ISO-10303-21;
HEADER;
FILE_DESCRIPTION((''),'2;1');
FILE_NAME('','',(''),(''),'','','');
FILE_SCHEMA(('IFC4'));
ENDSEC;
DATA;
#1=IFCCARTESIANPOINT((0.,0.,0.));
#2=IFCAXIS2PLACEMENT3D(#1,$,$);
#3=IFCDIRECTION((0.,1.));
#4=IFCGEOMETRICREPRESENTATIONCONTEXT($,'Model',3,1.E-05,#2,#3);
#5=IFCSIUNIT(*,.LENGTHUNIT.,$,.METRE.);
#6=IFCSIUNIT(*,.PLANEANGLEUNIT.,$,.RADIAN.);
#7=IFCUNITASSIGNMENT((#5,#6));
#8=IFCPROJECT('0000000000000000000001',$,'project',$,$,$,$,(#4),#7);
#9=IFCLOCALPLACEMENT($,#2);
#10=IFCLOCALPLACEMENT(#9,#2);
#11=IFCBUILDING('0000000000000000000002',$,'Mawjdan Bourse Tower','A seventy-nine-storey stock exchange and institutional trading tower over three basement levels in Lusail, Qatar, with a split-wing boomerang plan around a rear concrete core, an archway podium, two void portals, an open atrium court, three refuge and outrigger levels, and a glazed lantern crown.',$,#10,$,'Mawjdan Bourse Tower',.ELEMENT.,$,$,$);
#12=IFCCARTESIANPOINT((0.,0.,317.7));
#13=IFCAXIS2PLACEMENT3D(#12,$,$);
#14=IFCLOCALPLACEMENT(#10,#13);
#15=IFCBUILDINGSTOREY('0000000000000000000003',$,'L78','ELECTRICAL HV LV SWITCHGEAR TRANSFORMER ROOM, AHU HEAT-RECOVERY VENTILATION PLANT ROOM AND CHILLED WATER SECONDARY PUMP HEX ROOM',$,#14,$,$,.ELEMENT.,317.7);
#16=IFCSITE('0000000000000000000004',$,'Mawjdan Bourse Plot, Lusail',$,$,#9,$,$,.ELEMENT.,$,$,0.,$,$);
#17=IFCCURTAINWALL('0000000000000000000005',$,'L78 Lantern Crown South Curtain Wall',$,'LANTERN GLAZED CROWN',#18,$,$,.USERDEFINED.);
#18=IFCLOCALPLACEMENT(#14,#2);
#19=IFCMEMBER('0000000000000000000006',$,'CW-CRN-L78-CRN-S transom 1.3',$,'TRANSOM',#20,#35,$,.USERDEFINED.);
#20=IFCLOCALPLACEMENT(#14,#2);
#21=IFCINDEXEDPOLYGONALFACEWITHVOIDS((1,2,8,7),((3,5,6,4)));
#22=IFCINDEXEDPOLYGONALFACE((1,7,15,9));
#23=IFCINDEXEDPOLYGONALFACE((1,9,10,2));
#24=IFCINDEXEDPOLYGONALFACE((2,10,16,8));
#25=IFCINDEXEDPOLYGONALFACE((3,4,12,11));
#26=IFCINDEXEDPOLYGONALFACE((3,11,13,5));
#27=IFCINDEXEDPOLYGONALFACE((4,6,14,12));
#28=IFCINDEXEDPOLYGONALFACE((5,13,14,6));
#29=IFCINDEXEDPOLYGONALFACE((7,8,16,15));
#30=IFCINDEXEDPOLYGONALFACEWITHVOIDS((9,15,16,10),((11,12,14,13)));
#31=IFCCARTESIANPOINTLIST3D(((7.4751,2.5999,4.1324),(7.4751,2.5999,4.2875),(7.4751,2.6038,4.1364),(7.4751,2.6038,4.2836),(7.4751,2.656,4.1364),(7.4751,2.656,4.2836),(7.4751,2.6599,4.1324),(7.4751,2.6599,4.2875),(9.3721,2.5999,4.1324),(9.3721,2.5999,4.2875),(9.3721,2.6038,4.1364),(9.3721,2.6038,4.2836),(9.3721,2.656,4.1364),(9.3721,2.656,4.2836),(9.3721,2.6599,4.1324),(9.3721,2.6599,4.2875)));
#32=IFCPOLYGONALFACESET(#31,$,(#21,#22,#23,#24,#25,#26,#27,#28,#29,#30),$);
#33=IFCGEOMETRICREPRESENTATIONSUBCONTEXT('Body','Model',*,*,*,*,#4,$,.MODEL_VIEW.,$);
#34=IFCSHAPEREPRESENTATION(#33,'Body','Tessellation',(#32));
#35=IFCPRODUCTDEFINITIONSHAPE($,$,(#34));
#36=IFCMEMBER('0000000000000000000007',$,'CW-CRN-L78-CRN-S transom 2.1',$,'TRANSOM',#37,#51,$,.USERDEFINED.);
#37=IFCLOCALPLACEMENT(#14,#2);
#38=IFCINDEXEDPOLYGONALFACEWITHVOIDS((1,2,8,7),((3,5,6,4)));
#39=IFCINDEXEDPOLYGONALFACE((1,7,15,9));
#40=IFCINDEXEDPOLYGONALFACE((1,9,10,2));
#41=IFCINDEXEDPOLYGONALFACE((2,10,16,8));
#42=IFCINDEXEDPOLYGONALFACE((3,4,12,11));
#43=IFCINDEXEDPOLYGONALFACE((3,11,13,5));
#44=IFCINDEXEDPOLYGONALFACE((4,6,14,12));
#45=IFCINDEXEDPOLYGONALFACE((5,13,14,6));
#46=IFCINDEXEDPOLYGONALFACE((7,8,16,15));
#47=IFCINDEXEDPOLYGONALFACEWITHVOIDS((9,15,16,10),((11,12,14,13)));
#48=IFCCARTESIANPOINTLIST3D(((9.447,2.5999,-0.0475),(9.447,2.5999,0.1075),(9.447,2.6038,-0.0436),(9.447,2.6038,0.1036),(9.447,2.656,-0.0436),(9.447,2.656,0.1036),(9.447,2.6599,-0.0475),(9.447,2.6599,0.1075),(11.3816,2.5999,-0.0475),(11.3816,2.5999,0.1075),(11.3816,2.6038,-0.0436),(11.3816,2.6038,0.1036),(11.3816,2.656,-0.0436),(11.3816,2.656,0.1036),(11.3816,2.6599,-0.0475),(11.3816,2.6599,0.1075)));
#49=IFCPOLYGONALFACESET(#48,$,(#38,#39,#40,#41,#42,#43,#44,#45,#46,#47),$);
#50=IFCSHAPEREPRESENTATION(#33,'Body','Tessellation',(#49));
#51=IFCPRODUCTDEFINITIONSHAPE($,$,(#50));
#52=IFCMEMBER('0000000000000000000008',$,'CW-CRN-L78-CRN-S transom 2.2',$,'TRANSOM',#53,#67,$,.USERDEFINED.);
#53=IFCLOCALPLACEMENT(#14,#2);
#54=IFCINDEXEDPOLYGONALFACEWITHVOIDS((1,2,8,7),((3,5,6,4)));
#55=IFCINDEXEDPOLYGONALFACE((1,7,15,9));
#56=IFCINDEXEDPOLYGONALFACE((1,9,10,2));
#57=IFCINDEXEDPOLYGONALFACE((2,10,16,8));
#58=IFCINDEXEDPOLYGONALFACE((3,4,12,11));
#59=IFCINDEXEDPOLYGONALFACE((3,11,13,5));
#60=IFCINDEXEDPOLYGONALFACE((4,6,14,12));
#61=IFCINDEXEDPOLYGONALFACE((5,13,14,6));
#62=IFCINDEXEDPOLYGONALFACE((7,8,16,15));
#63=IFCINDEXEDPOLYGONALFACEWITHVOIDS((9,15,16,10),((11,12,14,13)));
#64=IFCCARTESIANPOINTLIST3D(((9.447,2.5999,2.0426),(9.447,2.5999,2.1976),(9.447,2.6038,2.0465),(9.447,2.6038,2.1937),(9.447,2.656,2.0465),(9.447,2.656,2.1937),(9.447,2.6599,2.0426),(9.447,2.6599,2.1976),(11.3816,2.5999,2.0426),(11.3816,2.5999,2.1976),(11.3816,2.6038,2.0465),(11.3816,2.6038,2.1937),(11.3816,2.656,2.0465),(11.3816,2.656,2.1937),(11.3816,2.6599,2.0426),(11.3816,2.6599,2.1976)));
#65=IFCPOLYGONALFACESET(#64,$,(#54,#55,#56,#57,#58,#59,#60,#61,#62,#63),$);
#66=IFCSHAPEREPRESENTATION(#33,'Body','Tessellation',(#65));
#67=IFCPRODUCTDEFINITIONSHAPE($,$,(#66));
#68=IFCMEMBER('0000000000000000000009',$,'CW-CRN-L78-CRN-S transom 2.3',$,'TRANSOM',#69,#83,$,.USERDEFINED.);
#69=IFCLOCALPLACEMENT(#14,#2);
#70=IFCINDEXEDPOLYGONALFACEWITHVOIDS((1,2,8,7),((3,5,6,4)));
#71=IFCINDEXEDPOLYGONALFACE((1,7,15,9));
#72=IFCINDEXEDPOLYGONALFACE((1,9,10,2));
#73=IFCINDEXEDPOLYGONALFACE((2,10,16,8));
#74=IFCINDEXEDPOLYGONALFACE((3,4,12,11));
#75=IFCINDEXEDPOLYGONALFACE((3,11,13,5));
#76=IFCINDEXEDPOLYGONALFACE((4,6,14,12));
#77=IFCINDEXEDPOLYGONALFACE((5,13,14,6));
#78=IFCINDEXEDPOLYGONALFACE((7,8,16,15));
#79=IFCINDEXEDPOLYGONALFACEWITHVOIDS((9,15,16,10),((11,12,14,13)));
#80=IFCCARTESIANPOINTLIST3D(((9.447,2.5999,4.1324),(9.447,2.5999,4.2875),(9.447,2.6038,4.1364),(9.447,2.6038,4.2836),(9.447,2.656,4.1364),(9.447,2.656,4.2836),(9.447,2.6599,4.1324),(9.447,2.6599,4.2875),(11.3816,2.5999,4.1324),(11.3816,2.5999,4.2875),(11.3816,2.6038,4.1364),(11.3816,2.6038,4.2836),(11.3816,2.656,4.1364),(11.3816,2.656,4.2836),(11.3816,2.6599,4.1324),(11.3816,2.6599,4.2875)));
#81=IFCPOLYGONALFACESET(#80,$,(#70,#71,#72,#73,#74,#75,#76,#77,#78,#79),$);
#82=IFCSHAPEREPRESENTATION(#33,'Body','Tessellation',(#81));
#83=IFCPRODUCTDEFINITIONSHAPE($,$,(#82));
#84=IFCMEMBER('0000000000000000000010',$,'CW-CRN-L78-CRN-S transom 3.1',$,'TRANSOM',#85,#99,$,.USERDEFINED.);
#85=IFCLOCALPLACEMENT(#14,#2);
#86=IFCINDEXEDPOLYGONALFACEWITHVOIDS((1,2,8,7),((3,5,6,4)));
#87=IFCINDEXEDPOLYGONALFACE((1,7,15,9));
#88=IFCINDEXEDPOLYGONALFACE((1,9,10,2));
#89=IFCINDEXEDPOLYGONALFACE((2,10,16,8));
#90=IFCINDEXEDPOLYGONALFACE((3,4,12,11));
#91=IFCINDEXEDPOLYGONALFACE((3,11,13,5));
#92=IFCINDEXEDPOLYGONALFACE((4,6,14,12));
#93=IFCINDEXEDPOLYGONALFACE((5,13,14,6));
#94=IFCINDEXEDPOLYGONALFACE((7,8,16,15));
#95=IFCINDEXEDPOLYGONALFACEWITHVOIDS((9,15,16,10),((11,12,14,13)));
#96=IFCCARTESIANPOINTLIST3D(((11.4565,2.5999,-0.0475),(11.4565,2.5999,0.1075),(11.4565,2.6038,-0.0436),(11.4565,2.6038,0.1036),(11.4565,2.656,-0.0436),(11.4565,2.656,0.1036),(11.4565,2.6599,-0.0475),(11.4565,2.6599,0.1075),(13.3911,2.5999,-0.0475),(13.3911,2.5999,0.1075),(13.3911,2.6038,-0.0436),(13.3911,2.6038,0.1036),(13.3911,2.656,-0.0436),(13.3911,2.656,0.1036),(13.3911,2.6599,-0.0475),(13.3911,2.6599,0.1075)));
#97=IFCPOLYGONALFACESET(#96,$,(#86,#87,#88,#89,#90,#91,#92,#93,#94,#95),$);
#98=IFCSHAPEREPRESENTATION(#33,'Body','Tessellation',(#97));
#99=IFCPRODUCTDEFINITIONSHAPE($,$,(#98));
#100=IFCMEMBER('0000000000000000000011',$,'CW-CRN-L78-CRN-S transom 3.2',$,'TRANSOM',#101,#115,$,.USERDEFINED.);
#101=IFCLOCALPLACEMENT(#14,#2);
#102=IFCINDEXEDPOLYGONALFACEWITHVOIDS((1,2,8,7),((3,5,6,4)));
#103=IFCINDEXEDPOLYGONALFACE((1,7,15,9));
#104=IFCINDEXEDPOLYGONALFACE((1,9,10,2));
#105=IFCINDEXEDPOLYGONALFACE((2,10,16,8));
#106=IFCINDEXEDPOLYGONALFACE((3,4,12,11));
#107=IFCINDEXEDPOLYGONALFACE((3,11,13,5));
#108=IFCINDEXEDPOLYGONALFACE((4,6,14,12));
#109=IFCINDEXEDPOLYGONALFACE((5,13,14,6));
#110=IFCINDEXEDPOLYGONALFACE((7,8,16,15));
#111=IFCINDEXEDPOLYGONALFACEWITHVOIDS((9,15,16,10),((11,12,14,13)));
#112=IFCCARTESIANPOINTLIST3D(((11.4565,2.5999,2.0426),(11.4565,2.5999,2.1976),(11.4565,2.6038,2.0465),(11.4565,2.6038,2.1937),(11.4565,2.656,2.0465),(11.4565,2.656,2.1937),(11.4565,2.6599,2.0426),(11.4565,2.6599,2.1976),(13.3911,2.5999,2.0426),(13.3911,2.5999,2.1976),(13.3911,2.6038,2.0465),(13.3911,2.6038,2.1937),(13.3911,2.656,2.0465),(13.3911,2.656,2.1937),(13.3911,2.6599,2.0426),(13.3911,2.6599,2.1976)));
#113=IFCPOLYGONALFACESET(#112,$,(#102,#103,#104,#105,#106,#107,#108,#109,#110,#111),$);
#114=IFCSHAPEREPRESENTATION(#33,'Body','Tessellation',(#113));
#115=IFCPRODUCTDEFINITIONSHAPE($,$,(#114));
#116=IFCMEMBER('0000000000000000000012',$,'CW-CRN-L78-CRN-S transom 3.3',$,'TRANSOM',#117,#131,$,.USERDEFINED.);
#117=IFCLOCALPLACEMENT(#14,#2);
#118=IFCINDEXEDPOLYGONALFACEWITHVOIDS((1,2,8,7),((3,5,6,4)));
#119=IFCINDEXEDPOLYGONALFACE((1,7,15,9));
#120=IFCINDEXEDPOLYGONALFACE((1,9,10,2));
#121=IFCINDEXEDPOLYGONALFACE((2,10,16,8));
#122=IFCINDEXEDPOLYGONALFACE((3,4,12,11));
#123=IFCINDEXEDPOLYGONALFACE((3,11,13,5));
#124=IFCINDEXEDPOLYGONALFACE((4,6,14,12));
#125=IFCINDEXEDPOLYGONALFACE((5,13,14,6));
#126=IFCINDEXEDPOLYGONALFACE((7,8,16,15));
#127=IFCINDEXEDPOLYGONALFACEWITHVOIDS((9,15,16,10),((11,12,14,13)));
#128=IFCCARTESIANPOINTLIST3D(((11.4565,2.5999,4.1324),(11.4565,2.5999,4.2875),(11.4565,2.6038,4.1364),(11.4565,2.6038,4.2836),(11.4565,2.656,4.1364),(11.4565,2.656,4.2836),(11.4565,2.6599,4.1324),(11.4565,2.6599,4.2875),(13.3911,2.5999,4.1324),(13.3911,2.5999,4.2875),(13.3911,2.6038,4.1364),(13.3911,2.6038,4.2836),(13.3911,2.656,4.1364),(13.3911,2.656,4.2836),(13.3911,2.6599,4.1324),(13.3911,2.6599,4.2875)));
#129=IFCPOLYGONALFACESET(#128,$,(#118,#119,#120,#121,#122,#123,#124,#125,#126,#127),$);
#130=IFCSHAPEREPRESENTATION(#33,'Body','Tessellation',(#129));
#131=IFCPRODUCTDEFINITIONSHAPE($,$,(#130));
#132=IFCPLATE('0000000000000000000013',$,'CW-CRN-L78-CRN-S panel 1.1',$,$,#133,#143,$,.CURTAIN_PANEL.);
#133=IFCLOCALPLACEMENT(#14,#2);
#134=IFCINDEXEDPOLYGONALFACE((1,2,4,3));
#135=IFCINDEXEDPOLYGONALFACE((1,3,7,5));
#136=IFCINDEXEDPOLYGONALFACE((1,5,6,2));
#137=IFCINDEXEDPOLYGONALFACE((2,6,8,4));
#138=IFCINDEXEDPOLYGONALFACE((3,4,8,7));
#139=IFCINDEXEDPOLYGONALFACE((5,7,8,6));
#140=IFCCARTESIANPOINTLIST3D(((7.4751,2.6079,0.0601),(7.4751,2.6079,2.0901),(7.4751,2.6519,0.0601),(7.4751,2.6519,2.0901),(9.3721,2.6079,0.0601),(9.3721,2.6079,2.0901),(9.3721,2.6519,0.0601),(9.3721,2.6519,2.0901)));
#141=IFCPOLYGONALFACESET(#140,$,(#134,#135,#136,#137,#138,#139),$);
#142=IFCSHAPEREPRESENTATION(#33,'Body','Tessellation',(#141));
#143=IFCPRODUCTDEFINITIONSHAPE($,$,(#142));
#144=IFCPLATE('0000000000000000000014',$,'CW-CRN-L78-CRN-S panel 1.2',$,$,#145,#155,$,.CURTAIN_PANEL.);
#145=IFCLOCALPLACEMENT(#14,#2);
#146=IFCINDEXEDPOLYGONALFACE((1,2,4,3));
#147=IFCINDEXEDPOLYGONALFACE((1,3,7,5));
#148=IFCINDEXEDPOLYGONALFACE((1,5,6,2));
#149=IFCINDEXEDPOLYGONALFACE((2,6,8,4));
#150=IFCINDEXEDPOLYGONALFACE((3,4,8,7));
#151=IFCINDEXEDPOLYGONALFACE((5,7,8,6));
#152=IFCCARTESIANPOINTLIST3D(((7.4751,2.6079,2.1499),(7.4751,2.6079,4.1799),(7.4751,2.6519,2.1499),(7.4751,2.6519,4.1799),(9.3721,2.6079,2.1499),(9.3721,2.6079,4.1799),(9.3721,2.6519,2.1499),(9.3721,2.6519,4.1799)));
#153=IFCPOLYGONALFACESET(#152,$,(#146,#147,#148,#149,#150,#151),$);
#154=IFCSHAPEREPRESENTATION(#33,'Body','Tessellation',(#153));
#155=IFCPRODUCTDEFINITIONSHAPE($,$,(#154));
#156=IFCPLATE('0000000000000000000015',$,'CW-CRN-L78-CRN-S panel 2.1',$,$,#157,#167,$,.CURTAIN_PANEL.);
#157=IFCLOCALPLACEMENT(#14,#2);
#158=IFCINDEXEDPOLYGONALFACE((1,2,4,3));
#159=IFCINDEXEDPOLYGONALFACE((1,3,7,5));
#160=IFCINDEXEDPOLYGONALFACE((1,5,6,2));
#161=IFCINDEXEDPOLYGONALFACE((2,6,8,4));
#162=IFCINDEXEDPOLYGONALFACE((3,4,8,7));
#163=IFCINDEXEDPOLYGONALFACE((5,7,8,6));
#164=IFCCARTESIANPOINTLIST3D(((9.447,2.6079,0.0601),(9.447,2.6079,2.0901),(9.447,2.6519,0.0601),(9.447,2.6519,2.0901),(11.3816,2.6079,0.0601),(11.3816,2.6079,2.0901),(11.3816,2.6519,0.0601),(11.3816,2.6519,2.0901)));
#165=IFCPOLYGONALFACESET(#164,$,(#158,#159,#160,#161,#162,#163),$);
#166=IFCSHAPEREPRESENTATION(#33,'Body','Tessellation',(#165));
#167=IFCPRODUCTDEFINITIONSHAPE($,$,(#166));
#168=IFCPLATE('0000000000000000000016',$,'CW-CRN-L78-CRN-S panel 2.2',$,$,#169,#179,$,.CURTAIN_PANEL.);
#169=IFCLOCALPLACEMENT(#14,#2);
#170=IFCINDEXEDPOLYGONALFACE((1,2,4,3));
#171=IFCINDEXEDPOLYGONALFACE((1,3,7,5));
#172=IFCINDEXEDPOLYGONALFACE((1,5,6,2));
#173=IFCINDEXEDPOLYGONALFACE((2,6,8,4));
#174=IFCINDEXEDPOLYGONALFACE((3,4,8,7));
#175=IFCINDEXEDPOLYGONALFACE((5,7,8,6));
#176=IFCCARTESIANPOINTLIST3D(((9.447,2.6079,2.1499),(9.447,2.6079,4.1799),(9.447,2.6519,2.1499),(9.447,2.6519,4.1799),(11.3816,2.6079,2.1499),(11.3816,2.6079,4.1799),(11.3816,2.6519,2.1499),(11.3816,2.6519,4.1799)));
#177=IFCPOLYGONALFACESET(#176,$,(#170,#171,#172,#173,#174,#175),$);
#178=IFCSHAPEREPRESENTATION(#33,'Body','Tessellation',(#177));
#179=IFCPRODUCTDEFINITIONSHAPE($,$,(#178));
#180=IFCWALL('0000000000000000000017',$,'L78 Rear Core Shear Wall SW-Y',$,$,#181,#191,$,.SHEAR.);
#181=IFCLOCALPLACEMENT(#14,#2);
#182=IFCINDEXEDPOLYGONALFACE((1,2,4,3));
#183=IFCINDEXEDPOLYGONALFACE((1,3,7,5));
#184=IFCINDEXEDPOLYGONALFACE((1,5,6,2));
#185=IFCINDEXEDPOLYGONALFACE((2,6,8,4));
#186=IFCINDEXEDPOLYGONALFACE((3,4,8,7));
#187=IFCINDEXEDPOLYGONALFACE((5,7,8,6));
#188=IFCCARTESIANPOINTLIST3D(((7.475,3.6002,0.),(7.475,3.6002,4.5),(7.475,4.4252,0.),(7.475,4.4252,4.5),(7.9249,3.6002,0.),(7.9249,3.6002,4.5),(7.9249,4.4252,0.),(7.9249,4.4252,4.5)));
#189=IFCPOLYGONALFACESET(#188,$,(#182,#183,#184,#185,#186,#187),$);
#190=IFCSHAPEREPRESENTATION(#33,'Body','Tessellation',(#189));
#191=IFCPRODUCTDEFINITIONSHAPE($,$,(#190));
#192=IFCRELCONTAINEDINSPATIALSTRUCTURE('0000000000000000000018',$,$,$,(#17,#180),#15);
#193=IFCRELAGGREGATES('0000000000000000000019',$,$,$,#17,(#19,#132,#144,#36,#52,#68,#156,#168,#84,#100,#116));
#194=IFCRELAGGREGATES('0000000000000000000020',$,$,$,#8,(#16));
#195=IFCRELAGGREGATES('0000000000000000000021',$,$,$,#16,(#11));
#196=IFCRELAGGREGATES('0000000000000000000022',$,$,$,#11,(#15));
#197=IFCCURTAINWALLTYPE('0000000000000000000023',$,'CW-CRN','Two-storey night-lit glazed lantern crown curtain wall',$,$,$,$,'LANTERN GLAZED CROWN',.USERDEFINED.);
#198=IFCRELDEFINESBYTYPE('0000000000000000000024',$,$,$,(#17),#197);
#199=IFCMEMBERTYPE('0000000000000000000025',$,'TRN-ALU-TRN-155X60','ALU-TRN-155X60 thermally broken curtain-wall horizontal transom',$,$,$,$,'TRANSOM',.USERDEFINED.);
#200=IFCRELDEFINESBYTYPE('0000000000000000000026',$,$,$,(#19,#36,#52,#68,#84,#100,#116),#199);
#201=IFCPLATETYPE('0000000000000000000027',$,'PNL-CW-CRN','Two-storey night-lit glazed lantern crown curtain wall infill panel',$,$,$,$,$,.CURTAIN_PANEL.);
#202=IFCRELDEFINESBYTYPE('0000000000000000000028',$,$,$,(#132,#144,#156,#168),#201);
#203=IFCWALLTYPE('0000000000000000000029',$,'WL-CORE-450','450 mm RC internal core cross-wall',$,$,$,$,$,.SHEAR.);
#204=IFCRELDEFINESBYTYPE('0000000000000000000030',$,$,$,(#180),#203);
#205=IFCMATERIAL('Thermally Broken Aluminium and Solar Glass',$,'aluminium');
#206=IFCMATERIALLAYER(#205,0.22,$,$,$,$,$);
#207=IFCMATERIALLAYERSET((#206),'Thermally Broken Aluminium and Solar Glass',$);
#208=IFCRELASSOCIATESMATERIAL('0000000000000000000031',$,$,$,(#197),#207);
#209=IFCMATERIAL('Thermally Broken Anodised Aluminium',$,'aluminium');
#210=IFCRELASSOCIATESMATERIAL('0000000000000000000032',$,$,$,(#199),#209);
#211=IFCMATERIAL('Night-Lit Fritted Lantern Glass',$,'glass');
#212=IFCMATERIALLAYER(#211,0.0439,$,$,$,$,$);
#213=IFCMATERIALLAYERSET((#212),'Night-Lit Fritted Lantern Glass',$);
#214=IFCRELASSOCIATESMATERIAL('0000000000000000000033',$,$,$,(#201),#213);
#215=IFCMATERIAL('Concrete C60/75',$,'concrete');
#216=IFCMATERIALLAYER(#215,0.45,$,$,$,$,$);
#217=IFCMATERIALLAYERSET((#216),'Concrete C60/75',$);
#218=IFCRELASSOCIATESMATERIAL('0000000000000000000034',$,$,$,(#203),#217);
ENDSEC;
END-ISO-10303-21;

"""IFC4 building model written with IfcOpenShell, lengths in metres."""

from ifc_helpers import new_model, si_unit, direction, frame, frame_2d, origin, origin_2d, place, context, subcontext, project, spatial, rectangle, hollow_rectangle, extrude, material, layer, layer_set, material_profile, profile_set, type_object, element, aggregate, save


model = new_model("IFC4")

# Units and contexts
model_context = context("Model", 3, precision=1e-05, world=origin(), true_north=direction((0.0, 1.0)))
body_context = subcontext(model_context, "Body", "Model", "MODEL_VIEW")
ifc_project = project(units=[si_unit("LENGTHUNIT", "METRE"), si_unit("PLANEANGLEUNIT", "RADIAN")], contexts=[model_context])

# Site, building, storey
site_placement = place(None, origin())
site = spatial("IfcSite", under=ifc_project, at=site_placement, Name="Mawjdan Bourse Plot, Lusail", CompositionType="ELEMENT", RefElevation=0.0)
building_placement = place(site_placement, origin())
building = spatial("IfcBuilding", under=site, at=building_placement, Name="Mawjdan Bourse Tower", Description="A seventy-nine-storey stock exchange and institutional trading tower over three basement levels in Lusail, Qatar, with a split-wing boomerang plan around a rear concrete core, an archway podium, two void portals, an open atrium court, three refuge and outrigger levels, and a glazed lantern crown.", LongName="Mawjdan Bourse Tower", CompositionType="ELEMENT")
storey_placement = place(building_placement, frame((0.0, 0.0, 317.7)))
storey = spatial("IfcBuildingStorey", under=building, at=storey_placement, Name="L78", Description="ELECTRICAL HV LV SWITCHGEAR TRANSFORMER ROOM, AHU HEAT-RECOVERY VENTILATION PLANT ROOM AND CHILLED WATER SECONDARY PUMP HEX ROOM", CompositionType="ELEMENT", Elevation=317.7)

# Curtain wall, members, plates
ifc_material_1 = material(Name="Thermally Broken Aluminium and Solar Glass", Category="aluminium")
ifc_layer_1 = layer(ifc_material_1, 0.22)
ifc_layer_set_1 = layer_set([ifc_layer_1], Name="Thermally Broken Aluminium and Solar Glass")
curtain_wall_type = type_object("IfcCurtainWallType", Name="CW-CRN", Description="Two-storey night-lit glazed lantern crown curtain wall", ElementType="LANTERN GLAZED CROWN", PredefinedType="USERDEFINED", material=ifc_layer_set_1)
curtain_wall_placement = place(storey_placement, origin())
curtain_wall = element("IfcCurtainWall", 1, at=curtain_wall_placement, inside=storey, type_object=curtain_wall_type, Name="L78 Lantern Crown South Curtain Wall", ObjectType="LANTERN GLAZED CROWN", PredefinedType="USERDEFINED")
ifc_material_2 = material(Name="Thermally Broken Anodised Aluminium", Category="aluminium")
ifc_material_profile_1 = material_profile(ifc_material_2, hollow_rectangle(XDim=0.0601, YDim=0.155, WallThickness=0.0039, at=origin_2d()), Name="ALU-TRN-155X60")
ifc_profile_set_1 = profile_set([ifc_material_profile_1], Name="Thermally Broken Anodised Aluminium")
member_type_1 = type_object("IfcMemberType", Name="TRN-ALU-TRN-155X60", Description="ALU-TRN-155X60 thermally broken curtain-wall horizontal transom", ElementType="TRANSOM", PredefinedType="USERDEFINED", material=ifc_profile_set_1)
member_1_placement = place(storey_placement, frame((7.4751, 2.6299, 4.21), z_axis=(1.0, 0.0, 0.0), x_axis=(0.0, 1.0, 0.0)))
member_1 = element("IfcMember", 2, at=member_1_placement, type_object=member_type_1, Name="CW-CRN-L78-CRN-S transom 1.3", ObjectType="TRANSOM", PredefinedType="USERDEFINED", context=body_context, shape_type="SweptSolid", body=[
    extrude(hollow_rectangle(XDim=0.0601, YDim=0.155, WallThickness=0.0039, at=origin_2d()), origin(), (0.0, 0.0, 1.0), 1.897),
])
member_2_placement = place(storey_placement, frame((9.447, 2.6299, 0.03), z_axis=(1.0, 0.0, 0.0), x_axis=(0.0, 1.0, 0.0)))
member_2 = element("IfcMember", 3, at=member_2_placement, type_object=member_type_1, Name="CW-CRN-L78-CRN-S transom 2.1", ObjectType="TRANSOM", PredefinedType="USERDEFINED", context=body_context, shape_type="SweptSolid", body=[
    extrude(hollow_rectangle(XDim=0.0601, YDim=0.155, WallThickness=0.0039, at=origin_2d()), origin(), (0.0, 0.0, 1.0), 1.9346),
])
member_3_placement = place(storey_placement, frame((9.447, 2.6299, 2.1201), z_axis=(1.0, 0.0, 0.0), x_axis=(0.0, 1.0, 0.0)))
member_3 = element("IfcMember", 4, at=member_3_placement, type_object=member_type_1, Name="CW-CRN-L78-CRN-S transom 2.2", ObjectType="TRANSOM", PredefinedType="USERDEFINED", context=body_context, shape_type="SweptSolid", body=[
    extrude(hollow_rectangle(XDim=0.0601, YDim=0.155, WallThickness=0.0039, at=origin_2d()), origin(), (0.0, 0.0, 1.0), 1.9346),
])
member_4_placement = place(storey_placement, frame((9.447, 2.6299, 4.21), z_axis=(1.0, 0.0, 0.0), x_axis=(0.0, 1.0, 0.0)))
member_4 = element("IfcMember", 5, at=member_4_placement, type_object=member_type_1, Name="CW-CRN-L78-CRN-S transom 2.3", ObjectType="TRANSOM", PredefinedType="USERDEFINED", context=body_context, shape_type="SweptSolid", body=[
    extrude(hollow_rectangle(XDim=0.0601, YDim=0.155, WallThickness=0.0039, at=origin_2d()), origin(), (0.0, 0.0, 1.0), 1.9346),
])
member_5_placement = place(storey_placement, frame((11.4565, 2.6299, 0.03), z_axis=(1.0, 0.0, 0.0), x_axis=(0.0, 1.0, 0.0)))
member_5 = element("IfcMember", 6, at=member_5_placement, type_object=member_type_1, Name="CW-CRN-L78-CRN-S transom 3.1", ObjectType="TRANSOM", PredefinedType="USERDEFINED", context=body_context, shape_type="SweptSolid", body=[
    extrude(hollow_rectangle(XDim=0.0601, YDim=0.155, WallThickness=0.0039, at=origin_2d()), origin(), (0.0, 0.0, 1.0), 1.9346),
])
member_6_placement = place(storey_placement, frame((11.4565, 2.6299, 2.1201), z_axis=(1.0, 0.0, 0.0), x_axis=(0.0, 1.0, 0.0)))
member_6 = element("IfcMember", 7, at=member_6_placement, type_object=member_type_1, Name="CW-CRN-L78-CRN-S transom 3.2", ObjectType="TRANSOM", PredefinedType="USERDEFINED", context=body_context, shape_type="SweptSolid", body=[
    extrude(hollow_rectangle(XDim=0.0601, YDim=0.155, WallThickness=0.0039, at=origin_2d()), origin(), (0.0, 0.0, 1.0), 1.9346),
])
member_7_placement = place(storey_placement, frame((11.4565, 2.6299, 4.21), z_axis=(1.0, 0.0, 0.0), x_axis=(0.0, 1.0, 0.0)))
member_7 = element("IfcMember", 8, at=member_7_placement, type_object=member_type_1, Name="CW-CRN-L78-CRN-S transom 3.3", ObjectType="TRANSOM", PredefinedType="USERDEFINED", context=body_context, shape_type="SweptSolid", body=[
    extrude(hollow_rectangle(XDim=0.0601, YDim=0.155, WallThickness=0.0039, at=origin_2d()), origin(), (0.0, 0.0, 1.0), 1.9346),
])
ifc_material_3 = material(Name="Night-Lit Fritted Lantern Glass", Category="glass")
ifc_layer_2 = layer(ifc_material_3, 0.0439)
ifc_layer_set_2 = layer_set([ifc_layer_2], Name="Night-Lit Fritted Lantern Glass")
plate_type = type_object("IfcPlateType", Name="PNL-CW-CRN", Description="Two-storey night-lit glazed lantern crown curtain wall infill panel", PredefinedType="CURTAIN_PANEL", material=ifc_layer_set_2)
plate_1_placement = place(storey_placement, frame((8.4236, 2.6299, 0.0601), z_axis=(0.0, 0.0, 1.0), x_axis=(1.0, 0.0, 0.0)))
plate_1 = element("IfcPlate", 9, at=plate_1_placement, type_object=plate_type, Name="CW-CRN-L78-CRN-S panel 1.1", PredefinedType="CURTAIN_PANEL", context=body_context, shape_type="SweptSolid", body=[
    extrude(rectangle(XDim=1.897, YDim=0.0439, at=origin_2d()), origin(), (0.0, 0.0, 1.0), 2.03),
])
plate_2_placement = place(storey_placement, frame((8.4236, 2.6299, 2.1499), z_axis=(0.0, 0.0, 1.0), x_axis=(1.0, 0.0, 0.0)))
plate_2 = element("IfcPlate", 10, at=plate_2_placement, type_object=plate_type, Name="CW-CRN-L78-CRN-S panel 1.2", PredefinedType="CURTAIN_PANEL", context=body_context, shape_type="SweptSolid", body=[
    extrude(rectangle(XDim=1.897, YDim=0.0439, at=origin_2d()), origin(), (0.0, 0.0, 1.0), 2.03),
])
plate_3_placement = place(storey_placement, frame((10.4143, 2.6299, 0.0601), z_axis=(0.0, 0.0, 1.0), x_axis=(1.0, 0.0, 0.0)))
plate_3 = element("IfcPlate", 11, at=plate_3_placement, type_object=plate_type, Name="CW-CRN-L78-CRN-S panel 2.1", PredefinedType="CURTAIN_PANEL", context=body_context, shape_type="SweptSolid", body=[
    extrude(rectangle(XDim=1.9346, YDim=0.0439, at=origin_2d()), origin(), (0.0, 0.0, 1.0), 2.03),
])
plate_4_placement = place(storey_placement, frame((10.4143, 2.6299, 2.1499), z_axis=(0.0, 0.0, 1.0), x_axis=(1.0, 0.0, 0.0)))
plate_4 = element("IfcPlate", 12, at=plate_4_placement, type_object=plate_type, Name="CW-CRN-L78-CRN-S panel 2.2", PredefinedType="CURTAIN_PANEL", context=body_context, shape_type="SweptSolid", body=[
    extrude(rectangle(XDim=1.9346, YDim=0.0439, at=origin_2d()), origin(), (0.0, 0.0, 1.0), 2.03),
])
aggregate(curtain_wall, [member_1, plate_1, plate_2, member_2, member_3, member_4, plate_3, plate_4, member_5, member_6, member_7])

# Wall
ifc_material_4 = material(Name="Concrete C60/75", Category="concrete")
ifc_layer_3 = layer(ifc_material_4, 0.45)
ifc_layer_set_3 = layer_set([ifc_layer_3], Name="Concrete C60/75")
wall_type_1 = type_object("IfcWallType", Name="WL-CORE-450", Description="450 mm RC internal core cross-wall", PredefinedType="SHEAR", material=ifc_layer_set_3)
wall_1_placement = place(storey_placement, frame((7.7, 3.6001, 0.0), z_axis=(0.0, 0.0, 1.0), x_axis=(0.0, 1.0, 0.0)))
element("IfcWall", 13, at=wall_1_placement, inside=storey, type_object=wall_type_1, Name="L78 Rear Core Shear Wall SW-Y", PredefinedType="SHEAR", context=body_context, shape_type="SweptSolid", body=[
    extrude(rectangle(XDim=0.825, YDim=0.45, at=frame_2d((0.4126, 0.0))), origin(), (0.0, 0.0, 1.0), 4.5),
])

save(model, "model.ifc")
